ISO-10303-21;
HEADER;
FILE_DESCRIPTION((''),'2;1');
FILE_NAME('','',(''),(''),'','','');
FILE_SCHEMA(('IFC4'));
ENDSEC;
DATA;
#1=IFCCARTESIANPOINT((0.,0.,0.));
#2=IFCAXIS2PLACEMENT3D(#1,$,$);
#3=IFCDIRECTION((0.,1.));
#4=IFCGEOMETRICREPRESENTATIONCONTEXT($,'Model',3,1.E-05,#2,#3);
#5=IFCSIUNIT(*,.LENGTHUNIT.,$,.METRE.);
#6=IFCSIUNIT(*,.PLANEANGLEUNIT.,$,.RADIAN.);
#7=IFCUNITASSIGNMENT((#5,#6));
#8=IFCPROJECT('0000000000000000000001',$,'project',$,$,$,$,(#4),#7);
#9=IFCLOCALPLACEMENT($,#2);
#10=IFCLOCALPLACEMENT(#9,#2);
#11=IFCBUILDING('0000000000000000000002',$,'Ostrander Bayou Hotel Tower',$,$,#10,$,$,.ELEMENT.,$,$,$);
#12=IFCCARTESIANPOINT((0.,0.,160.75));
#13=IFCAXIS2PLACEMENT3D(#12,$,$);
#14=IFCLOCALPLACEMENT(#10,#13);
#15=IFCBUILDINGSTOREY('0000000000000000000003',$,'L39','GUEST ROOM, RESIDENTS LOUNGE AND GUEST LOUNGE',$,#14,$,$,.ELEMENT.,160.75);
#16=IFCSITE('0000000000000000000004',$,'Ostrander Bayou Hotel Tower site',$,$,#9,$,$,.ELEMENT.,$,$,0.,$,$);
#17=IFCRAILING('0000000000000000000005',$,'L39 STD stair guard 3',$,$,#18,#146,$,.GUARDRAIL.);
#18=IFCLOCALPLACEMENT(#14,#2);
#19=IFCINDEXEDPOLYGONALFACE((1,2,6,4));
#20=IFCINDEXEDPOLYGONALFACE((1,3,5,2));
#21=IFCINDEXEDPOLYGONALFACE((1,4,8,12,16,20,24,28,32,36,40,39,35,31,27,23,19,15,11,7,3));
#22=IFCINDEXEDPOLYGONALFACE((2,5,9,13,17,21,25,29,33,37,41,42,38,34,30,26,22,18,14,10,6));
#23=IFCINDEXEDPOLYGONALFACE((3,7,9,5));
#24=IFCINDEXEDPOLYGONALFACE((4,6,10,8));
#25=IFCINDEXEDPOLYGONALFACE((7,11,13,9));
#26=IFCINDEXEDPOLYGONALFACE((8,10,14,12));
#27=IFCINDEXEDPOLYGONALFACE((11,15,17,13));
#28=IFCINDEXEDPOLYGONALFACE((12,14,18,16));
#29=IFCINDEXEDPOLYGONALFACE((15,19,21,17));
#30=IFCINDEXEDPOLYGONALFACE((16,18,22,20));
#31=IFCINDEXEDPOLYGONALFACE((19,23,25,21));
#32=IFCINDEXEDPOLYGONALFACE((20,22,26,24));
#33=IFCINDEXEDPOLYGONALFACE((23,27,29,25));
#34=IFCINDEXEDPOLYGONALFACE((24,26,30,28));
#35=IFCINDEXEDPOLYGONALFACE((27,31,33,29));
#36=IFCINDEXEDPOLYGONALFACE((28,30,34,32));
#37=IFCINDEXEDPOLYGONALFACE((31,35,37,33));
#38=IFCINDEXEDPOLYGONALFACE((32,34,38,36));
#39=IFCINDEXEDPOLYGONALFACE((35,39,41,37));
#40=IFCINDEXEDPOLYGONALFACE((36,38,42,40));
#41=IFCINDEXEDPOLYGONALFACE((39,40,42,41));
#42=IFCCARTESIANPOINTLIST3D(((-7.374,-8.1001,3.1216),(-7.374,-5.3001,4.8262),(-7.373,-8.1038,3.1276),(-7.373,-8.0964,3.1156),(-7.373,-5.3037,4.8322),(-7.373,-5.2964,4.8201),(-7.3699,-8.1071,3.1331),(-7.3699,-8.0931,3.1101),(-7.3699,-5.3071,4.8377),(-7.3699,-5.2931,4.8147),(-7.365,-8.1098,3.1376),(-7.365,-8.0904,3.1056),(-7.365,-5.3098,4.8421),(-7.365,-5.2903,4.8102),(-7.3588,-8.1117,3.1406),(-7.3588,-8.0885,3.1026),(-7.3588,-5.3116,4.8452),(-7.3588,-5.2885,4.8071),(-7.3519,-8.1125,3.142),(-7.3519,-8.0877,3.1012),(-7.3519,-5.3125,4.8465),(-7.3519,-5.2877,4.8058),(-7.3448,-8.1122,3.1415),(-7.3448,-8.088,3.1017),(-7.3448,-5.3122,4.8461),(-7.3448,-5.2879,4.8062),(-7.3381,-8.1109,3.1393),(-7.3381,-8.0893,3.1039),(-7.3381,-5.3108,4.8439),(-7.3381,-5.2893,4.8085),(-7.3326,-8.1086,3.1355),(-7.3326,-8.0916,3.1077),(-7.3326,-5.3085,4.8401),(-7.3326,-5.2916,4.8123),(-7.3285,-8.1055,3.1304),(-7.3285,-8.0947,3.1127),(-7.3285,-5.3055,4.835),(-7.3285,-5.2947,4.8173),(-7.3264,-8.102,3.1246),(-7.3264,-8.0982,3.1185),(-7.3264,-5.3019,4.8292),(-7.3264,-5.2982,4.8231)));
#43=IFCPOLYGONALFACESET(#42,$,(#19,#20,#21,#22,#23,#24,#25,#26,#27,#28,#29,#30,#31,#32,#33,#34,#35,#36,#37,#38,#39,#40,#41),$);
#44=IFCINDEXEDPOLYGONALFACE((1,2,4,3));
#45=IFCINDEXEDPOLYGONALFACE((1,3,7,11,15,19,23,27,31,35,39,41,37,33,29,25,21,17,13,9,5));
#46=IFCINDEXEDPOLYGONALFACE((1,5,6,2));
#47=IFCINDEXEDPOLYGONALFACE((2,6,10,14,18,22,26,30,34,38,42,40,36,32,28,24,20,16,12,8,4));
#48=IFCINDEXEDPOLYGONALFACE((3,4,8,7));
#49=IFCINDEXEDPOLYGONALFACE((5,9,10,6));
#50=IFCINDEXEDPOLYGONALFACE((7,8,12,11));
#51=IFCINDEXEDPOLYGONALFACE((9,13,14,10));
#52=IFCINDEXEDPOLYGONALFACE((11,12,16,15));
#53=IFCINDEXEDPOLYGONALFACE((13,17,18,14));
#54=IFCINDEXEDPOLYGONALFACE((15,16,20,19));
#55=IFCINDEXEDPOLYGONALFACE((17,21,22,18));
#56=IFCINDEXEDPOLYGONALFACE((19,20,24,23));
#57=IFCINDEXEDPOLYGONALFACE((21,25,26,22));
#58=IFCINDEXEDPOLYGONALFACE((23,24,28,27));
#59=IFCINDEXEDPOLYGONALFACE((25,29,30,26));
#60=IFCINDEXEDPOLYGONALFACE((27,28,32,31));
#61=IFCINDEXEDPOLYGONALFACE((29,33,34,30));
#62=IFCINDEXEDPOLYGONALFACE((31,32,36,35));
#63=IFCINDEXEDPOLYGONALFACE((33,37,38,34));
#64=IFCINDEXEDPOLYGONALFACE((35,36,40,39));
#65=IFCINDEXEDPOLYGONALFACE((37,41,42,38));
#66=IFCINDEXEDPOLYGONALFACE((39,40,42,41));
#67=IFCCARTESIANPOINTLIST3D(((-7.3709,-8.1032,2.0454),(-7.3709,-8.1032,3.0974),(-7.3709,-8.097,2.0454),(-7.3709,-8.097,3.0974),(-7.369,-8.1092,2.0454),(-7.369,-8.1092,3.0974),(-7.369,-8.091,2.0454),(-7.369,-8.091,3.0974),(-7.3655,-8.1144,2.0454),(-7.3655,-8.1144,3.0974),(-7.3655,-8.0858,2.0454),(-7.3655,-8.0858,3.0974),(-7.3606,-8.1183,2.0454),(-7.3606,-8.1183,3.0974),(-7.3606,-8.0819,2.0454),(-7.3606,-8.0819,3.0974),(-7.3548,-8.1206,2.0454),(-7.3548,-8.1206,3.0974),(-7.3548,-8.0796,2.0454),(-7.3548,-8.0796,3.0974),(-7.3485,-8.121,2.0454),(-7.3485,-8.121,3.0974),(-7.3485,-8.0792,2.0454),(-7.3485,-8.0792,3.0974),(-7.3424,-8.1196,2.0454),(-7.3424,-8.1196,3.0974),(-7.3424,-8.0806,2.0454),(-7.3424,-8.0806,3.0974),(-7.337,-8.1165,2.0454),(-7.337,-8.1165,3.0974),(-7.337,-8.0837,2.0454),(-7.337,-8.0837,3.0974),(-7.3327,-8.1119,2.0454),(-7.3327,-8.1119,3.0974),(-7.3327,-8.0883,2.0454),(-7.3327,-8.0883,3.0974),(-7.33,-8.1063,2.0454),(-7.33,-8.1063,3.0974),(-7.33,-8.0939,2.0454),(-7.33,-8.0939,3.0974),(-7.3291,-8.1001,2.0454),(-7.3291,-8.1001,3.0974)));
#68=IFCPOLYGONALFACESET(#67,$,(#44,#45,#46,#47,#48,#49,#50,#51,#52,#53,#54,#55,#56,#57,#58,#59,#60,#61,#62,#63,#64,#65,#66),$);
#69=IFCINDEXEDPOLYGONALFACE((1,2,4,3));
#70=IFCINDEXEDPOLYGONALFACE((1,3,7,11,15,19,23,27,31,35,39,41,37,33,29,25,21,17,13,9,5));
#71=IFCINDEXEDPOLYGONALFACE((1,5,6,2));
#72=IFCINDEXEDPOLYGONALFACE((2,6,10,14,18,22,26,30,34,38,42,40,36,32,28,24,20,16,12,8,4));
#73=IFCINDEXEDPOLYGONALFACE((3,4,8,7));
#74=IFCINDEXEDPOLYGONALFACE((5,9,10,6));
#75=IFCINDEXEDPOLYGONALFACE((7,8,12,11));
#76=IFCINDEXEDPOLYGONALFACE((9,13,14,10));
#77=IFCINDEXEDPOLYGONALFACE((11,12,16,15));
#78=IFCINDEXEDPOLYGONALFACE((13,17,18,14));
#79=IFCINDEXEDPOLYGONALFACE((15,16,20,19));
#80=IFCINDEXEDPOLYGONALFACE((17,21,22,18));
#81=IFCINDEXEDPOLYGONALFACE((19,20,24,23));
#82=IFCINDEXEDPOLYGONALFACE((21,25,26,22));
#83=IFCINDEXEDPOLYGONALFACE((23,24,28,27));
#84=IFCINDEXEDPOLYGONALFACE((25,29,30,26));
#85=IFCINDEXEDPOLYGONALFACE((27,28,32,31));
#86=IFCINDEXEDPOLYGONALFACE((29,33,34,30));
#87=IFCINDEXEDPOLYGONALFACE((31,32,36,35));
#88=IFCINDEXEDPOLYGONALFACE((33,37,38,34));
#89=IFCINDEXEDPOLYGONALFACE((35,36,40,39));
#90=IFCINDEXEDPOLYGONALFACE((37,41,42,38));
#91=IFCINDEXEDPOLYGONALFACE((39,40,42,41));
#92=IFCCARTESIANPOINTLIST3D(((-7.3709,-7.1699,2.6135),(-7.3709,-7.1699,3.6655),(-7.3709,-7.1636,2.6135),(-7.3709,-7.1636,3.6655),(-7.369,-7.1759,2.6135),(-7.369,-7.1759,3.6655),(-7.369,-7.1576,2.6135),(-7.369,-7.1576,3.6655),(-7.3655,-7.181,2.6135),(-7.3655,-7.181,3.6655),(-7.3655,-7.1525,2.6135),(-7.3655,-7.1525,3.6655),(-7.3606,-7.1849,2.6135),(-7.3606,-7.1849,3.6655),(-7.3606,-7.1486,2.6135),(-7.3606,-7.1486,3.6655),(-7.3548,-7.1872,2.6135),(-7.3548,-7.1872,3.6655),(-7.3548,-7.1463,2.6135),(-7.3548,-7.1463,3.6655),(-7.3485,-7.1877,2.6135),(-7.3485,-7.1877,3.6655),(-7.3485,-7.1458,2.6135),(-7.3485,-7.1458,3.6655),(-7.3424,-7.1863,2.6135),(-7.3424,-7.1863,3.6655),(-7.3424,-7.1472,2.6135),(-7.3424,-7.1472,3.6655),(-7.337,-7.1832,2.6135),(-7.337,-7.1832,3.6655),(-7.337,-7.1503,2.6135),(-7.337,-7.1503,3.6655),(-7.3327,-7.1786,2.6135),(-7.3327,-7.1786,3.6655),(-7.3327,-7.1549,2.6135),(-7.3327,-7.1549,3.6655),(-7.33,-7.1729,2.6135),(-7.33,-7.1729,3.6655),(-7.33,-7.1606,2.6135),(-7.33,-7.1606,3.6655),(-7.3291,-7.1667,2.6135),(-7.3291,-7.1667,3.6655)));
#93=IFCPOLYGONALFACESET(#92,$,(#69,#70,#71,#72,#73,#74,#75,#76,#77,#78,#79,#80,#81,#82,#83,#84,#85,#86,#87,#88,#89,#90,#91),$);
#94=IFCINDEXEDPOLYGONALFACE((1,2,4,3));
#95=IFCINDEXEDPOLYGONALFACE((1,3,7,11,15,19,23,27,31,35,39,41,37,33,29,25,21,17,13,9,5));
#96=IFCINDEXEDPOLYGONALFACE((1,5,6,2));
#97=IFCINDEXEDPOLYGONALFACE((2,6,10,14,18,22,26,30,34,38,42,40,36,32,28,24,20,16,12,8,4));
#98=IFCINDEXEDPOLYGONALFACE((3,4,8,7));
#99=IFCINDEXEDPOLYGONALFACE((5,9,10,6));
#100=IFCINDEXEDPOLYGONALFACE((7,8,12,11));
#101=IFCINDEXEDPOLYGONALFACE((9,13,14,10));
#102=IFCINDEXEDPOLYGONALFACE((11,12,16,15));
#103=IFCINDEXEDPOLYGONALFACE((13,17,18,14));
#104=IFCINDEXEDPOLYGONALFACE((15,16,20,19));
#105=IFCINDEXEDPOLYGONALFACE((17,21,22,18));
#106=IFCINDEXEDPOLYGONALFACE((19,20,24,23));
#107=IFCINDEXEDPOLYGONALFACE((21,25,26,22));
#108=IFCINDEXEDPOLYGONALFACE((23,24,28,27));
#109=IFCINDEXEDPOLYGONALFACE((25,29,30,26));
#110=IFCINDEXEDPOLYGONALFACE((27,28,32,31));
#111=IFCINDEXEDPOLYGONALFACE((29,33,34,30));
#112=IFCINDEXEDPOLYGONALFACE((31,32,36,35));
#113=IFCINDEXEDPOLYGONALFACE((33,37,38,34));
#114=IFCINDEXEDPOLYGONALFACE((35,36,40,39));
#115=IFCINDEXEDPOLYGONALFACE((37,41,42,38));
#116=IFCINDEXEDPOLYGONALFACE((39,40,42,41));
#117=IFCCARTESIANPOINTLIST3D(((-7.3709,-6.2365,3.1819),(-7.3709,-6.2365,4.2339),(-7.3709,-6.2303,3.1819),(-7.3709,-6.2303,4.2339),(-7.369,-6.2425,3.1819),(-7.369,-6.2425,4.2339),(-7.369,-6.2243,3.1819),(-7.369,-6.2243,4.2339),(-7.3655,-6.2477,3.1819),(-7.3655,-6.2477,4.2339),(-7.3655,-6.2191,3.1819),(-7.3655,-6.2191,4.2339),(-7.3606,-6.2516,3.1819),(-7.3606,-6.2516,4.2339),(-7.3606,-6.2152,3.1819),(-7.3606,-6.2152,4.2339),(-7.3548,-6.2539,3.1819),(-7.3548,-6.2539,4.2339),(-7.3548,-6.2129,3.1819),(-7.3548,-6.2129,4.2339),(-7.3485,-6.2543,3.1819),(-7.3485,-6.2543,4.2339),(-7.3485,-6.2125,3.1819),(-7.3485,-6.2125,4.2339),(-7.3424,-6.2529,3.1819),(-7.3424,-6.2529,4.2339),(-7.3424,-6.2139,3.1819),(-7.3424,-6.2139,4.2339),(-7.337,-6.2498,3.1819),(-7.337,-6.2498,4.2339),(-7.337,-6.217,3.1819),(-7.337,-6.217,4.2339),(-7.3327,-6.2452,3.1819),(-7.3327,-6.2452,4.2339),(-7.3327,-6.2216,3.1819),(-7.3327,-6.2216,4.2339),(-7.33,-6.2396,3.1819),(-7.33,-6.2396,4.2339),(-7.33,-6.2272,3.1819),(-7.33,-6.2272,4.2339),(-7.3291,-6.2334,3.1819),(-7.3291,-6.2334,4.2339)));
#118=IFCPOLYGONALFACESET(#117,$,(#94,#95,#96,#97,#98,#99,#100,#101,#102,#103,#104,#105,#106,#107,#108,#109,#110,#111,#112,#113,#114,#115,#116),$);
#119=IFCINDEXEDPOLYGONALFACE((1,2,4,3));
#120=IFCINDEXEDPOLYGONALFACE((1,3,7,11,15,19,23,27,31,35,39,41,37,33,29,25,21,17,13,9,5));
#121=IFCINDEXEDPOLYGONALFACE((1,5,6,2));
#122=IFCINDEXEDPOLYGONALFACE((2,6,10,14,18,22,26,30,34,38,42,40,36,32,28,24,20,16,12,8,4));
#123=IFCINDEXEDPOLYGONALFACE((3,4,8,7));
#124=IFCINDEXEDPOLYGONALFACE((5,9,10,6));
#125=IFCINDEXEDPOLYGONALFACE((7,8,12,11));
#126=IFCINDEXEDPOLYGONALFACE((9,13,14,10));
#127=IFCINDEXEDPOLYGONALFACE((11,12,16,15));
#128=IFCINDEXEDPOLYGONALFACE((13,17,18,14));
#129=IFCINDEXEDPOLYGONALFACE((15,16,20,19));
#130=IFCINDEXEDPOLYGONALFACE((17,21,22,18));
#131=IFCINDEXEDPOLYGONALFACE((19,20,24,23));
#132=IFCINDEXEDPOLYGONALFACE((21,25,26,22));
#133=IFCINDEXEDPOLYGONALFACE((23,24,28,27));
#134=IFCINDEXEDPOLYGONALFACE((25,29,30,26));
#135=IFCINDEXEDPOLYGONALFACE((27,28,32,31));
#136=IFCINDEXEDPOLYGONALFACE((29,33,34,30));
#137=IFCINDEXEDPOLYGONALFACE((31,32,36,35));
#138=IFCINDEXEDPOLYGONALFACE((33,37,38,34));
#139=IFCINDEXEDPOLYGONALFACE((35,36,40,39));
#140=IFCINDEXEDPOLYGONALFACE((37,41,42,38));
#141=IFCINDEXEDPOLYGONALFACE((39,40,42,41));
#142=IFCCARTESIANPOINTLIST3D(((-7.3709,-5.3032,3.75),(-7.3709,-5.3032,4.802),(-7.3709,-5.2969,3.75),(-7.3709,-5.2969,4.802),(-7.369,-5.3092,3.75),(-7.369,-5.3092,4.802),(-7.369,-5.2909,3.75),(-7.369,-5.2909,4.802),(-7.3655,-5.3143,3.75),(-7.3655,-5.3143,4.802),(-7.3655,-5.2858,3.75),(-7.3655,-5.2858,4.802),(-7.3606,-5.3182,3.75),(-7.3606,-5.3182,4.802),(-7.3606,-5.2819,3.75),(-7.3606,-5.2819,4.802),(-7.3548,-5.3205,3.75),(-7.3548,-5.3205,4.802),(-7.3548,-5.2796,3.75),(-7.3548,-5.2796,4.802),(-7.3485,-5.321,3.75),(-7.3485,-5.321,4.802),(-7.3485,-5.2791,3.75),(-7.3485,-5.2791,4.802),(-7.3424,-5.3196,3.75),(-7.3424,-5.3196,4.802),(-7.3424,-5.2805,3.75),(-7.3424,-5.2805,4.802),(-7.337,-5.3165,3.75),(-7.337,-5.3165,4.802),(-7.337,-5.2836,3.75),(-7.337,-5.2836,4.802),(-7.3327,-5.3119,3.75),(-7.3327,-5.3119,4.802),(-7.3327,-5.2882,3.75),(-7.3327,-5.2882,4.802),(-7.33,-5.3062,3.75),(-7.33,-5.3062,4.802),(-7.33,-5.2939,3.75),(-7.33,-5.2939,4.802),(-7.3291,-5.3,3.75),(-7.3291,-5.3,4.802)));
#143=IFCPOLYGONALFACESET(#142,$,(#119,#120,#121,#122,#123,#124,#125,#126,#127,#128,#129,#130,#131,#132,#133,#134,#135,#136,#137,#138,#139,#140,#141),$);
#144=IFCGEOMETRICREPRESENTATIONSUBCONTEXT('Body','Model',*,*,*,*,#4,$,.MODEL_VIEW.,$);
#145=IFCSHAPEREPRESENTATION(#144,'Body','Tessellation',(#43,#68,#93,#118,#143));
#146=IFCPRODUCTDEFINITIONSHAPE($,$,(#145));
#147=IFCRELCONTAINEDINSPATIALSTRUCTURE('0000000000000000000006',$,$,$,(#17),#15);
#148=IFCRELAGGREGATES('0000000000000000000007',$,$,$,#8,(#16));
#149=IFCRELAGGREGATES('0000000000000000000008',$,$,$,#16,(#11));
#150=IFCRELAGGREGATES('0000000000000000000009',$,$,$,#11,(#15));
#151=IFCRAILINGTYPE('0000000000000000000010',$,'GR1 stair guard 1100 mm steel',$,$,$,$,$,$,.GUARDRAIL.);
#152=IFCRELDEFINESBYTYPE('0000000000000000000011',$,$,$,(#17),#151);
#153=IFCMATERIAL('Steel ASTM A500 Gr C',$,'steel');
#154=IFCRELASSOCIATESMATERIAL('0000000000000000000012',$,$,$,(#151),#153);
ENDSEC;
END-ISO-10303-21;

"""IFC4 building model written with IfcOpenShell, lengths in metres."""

from ifc_helpers import new_model, si_unit, direction, frame, origin, origin_2d, place, context, subcontext, project, spatial, circle, extrude, material, type_object, element, save


model = new_model("IFC4")

# Units and contexts
model_context = context("Model", 3, precision=1e-05, world=origin(), true_north=direction((0.0, 1.0)))
body_context = subcontext(model_context, "Body", "Model", "MODEL_VIEW")
ifc_project = project(units=[si_unit("LENGTHUNIT", "METRE"), si_unit("PLANEANGLEUNIT", "RADIAN")], contexts=[model_context])

# Site, building, storey
site_placement = place(None, origin())
site = spatial("IfcSite", under=ifc_project, at=site_placement, Name="Ostrander Bayou Hotel Tower site", CompositionType="ELEMENT", RefElevation=0.0)
building_placement = place(site_placement, origin())
building = spatial("IfcBuilding", under=site, at=building_placement, Name="Ostrander Bayou Hotel Tower", CompositionType="ELEMENT")
storey_placement = place(building_placement, frame((0.0, 0.0, 160.75)))
storey = spatial("IfcBuildingStorey", under=building, at=storey_placement, Name="L39", Description="GUEST ROOM, RESIDENTS LOUNGE AND GUEST LOUNGE", CompositionType="ELEMENT", Elevation=160.75)

# Railing
ifc_material_1 = material(Name="Steel ASTM A500 Gr C", Category="steel")
railing_type_1 = type_object("IfcRailingType", Name="GR1 stair guard 1100 mm steel", PredefinedType="GUARDRAIL", material=ifc_material_1)
railing_1_placement = place(storey_placement, frame((-7.3501, -8.1001, 2.0454)))
element("IfcRailing", 1, at=railing_1_placement, inside=storey, type_object=railing_type_1, Name="L39 STD stair guard 3", PredefinedType="GUARDRAIL", context=body_context, shape_type="SweptSolid", body=[
    extrude(circle(Radius=0.0239, at=origin_2d()), frame((0.0, 0.0, 1.0762), z_axis=(0.0, 0.85417, 0.519994), x_axis=(-1.0, 0.0, 0.0)), (0.0, 0.0, 1.0), 3.2781),
    extrude(circle(Radius=0.021, at=origin_2d()), origin(), (0.0, 0.0, 1.0), 1.052),
    extrude(circle(Radius=0.021, at=origin_2d()), frame((0.0, 0.9333, 0.5681)), (0.0, 0.0, 1.0), 1.052),
    extrude(circle(Radius=0.021, at=origin_2d()), frame((0.0, 1.8667, 1.1365)), (0.0, 0.0, 1.0), 1.052),
    extrude(circle(Radius=0.021, at=origin_2d()), frame((0.0, 2.8, 1.7046)), (0.0, 0.0, 1.0), 1.052),
])

save(model, "model.ifc")
